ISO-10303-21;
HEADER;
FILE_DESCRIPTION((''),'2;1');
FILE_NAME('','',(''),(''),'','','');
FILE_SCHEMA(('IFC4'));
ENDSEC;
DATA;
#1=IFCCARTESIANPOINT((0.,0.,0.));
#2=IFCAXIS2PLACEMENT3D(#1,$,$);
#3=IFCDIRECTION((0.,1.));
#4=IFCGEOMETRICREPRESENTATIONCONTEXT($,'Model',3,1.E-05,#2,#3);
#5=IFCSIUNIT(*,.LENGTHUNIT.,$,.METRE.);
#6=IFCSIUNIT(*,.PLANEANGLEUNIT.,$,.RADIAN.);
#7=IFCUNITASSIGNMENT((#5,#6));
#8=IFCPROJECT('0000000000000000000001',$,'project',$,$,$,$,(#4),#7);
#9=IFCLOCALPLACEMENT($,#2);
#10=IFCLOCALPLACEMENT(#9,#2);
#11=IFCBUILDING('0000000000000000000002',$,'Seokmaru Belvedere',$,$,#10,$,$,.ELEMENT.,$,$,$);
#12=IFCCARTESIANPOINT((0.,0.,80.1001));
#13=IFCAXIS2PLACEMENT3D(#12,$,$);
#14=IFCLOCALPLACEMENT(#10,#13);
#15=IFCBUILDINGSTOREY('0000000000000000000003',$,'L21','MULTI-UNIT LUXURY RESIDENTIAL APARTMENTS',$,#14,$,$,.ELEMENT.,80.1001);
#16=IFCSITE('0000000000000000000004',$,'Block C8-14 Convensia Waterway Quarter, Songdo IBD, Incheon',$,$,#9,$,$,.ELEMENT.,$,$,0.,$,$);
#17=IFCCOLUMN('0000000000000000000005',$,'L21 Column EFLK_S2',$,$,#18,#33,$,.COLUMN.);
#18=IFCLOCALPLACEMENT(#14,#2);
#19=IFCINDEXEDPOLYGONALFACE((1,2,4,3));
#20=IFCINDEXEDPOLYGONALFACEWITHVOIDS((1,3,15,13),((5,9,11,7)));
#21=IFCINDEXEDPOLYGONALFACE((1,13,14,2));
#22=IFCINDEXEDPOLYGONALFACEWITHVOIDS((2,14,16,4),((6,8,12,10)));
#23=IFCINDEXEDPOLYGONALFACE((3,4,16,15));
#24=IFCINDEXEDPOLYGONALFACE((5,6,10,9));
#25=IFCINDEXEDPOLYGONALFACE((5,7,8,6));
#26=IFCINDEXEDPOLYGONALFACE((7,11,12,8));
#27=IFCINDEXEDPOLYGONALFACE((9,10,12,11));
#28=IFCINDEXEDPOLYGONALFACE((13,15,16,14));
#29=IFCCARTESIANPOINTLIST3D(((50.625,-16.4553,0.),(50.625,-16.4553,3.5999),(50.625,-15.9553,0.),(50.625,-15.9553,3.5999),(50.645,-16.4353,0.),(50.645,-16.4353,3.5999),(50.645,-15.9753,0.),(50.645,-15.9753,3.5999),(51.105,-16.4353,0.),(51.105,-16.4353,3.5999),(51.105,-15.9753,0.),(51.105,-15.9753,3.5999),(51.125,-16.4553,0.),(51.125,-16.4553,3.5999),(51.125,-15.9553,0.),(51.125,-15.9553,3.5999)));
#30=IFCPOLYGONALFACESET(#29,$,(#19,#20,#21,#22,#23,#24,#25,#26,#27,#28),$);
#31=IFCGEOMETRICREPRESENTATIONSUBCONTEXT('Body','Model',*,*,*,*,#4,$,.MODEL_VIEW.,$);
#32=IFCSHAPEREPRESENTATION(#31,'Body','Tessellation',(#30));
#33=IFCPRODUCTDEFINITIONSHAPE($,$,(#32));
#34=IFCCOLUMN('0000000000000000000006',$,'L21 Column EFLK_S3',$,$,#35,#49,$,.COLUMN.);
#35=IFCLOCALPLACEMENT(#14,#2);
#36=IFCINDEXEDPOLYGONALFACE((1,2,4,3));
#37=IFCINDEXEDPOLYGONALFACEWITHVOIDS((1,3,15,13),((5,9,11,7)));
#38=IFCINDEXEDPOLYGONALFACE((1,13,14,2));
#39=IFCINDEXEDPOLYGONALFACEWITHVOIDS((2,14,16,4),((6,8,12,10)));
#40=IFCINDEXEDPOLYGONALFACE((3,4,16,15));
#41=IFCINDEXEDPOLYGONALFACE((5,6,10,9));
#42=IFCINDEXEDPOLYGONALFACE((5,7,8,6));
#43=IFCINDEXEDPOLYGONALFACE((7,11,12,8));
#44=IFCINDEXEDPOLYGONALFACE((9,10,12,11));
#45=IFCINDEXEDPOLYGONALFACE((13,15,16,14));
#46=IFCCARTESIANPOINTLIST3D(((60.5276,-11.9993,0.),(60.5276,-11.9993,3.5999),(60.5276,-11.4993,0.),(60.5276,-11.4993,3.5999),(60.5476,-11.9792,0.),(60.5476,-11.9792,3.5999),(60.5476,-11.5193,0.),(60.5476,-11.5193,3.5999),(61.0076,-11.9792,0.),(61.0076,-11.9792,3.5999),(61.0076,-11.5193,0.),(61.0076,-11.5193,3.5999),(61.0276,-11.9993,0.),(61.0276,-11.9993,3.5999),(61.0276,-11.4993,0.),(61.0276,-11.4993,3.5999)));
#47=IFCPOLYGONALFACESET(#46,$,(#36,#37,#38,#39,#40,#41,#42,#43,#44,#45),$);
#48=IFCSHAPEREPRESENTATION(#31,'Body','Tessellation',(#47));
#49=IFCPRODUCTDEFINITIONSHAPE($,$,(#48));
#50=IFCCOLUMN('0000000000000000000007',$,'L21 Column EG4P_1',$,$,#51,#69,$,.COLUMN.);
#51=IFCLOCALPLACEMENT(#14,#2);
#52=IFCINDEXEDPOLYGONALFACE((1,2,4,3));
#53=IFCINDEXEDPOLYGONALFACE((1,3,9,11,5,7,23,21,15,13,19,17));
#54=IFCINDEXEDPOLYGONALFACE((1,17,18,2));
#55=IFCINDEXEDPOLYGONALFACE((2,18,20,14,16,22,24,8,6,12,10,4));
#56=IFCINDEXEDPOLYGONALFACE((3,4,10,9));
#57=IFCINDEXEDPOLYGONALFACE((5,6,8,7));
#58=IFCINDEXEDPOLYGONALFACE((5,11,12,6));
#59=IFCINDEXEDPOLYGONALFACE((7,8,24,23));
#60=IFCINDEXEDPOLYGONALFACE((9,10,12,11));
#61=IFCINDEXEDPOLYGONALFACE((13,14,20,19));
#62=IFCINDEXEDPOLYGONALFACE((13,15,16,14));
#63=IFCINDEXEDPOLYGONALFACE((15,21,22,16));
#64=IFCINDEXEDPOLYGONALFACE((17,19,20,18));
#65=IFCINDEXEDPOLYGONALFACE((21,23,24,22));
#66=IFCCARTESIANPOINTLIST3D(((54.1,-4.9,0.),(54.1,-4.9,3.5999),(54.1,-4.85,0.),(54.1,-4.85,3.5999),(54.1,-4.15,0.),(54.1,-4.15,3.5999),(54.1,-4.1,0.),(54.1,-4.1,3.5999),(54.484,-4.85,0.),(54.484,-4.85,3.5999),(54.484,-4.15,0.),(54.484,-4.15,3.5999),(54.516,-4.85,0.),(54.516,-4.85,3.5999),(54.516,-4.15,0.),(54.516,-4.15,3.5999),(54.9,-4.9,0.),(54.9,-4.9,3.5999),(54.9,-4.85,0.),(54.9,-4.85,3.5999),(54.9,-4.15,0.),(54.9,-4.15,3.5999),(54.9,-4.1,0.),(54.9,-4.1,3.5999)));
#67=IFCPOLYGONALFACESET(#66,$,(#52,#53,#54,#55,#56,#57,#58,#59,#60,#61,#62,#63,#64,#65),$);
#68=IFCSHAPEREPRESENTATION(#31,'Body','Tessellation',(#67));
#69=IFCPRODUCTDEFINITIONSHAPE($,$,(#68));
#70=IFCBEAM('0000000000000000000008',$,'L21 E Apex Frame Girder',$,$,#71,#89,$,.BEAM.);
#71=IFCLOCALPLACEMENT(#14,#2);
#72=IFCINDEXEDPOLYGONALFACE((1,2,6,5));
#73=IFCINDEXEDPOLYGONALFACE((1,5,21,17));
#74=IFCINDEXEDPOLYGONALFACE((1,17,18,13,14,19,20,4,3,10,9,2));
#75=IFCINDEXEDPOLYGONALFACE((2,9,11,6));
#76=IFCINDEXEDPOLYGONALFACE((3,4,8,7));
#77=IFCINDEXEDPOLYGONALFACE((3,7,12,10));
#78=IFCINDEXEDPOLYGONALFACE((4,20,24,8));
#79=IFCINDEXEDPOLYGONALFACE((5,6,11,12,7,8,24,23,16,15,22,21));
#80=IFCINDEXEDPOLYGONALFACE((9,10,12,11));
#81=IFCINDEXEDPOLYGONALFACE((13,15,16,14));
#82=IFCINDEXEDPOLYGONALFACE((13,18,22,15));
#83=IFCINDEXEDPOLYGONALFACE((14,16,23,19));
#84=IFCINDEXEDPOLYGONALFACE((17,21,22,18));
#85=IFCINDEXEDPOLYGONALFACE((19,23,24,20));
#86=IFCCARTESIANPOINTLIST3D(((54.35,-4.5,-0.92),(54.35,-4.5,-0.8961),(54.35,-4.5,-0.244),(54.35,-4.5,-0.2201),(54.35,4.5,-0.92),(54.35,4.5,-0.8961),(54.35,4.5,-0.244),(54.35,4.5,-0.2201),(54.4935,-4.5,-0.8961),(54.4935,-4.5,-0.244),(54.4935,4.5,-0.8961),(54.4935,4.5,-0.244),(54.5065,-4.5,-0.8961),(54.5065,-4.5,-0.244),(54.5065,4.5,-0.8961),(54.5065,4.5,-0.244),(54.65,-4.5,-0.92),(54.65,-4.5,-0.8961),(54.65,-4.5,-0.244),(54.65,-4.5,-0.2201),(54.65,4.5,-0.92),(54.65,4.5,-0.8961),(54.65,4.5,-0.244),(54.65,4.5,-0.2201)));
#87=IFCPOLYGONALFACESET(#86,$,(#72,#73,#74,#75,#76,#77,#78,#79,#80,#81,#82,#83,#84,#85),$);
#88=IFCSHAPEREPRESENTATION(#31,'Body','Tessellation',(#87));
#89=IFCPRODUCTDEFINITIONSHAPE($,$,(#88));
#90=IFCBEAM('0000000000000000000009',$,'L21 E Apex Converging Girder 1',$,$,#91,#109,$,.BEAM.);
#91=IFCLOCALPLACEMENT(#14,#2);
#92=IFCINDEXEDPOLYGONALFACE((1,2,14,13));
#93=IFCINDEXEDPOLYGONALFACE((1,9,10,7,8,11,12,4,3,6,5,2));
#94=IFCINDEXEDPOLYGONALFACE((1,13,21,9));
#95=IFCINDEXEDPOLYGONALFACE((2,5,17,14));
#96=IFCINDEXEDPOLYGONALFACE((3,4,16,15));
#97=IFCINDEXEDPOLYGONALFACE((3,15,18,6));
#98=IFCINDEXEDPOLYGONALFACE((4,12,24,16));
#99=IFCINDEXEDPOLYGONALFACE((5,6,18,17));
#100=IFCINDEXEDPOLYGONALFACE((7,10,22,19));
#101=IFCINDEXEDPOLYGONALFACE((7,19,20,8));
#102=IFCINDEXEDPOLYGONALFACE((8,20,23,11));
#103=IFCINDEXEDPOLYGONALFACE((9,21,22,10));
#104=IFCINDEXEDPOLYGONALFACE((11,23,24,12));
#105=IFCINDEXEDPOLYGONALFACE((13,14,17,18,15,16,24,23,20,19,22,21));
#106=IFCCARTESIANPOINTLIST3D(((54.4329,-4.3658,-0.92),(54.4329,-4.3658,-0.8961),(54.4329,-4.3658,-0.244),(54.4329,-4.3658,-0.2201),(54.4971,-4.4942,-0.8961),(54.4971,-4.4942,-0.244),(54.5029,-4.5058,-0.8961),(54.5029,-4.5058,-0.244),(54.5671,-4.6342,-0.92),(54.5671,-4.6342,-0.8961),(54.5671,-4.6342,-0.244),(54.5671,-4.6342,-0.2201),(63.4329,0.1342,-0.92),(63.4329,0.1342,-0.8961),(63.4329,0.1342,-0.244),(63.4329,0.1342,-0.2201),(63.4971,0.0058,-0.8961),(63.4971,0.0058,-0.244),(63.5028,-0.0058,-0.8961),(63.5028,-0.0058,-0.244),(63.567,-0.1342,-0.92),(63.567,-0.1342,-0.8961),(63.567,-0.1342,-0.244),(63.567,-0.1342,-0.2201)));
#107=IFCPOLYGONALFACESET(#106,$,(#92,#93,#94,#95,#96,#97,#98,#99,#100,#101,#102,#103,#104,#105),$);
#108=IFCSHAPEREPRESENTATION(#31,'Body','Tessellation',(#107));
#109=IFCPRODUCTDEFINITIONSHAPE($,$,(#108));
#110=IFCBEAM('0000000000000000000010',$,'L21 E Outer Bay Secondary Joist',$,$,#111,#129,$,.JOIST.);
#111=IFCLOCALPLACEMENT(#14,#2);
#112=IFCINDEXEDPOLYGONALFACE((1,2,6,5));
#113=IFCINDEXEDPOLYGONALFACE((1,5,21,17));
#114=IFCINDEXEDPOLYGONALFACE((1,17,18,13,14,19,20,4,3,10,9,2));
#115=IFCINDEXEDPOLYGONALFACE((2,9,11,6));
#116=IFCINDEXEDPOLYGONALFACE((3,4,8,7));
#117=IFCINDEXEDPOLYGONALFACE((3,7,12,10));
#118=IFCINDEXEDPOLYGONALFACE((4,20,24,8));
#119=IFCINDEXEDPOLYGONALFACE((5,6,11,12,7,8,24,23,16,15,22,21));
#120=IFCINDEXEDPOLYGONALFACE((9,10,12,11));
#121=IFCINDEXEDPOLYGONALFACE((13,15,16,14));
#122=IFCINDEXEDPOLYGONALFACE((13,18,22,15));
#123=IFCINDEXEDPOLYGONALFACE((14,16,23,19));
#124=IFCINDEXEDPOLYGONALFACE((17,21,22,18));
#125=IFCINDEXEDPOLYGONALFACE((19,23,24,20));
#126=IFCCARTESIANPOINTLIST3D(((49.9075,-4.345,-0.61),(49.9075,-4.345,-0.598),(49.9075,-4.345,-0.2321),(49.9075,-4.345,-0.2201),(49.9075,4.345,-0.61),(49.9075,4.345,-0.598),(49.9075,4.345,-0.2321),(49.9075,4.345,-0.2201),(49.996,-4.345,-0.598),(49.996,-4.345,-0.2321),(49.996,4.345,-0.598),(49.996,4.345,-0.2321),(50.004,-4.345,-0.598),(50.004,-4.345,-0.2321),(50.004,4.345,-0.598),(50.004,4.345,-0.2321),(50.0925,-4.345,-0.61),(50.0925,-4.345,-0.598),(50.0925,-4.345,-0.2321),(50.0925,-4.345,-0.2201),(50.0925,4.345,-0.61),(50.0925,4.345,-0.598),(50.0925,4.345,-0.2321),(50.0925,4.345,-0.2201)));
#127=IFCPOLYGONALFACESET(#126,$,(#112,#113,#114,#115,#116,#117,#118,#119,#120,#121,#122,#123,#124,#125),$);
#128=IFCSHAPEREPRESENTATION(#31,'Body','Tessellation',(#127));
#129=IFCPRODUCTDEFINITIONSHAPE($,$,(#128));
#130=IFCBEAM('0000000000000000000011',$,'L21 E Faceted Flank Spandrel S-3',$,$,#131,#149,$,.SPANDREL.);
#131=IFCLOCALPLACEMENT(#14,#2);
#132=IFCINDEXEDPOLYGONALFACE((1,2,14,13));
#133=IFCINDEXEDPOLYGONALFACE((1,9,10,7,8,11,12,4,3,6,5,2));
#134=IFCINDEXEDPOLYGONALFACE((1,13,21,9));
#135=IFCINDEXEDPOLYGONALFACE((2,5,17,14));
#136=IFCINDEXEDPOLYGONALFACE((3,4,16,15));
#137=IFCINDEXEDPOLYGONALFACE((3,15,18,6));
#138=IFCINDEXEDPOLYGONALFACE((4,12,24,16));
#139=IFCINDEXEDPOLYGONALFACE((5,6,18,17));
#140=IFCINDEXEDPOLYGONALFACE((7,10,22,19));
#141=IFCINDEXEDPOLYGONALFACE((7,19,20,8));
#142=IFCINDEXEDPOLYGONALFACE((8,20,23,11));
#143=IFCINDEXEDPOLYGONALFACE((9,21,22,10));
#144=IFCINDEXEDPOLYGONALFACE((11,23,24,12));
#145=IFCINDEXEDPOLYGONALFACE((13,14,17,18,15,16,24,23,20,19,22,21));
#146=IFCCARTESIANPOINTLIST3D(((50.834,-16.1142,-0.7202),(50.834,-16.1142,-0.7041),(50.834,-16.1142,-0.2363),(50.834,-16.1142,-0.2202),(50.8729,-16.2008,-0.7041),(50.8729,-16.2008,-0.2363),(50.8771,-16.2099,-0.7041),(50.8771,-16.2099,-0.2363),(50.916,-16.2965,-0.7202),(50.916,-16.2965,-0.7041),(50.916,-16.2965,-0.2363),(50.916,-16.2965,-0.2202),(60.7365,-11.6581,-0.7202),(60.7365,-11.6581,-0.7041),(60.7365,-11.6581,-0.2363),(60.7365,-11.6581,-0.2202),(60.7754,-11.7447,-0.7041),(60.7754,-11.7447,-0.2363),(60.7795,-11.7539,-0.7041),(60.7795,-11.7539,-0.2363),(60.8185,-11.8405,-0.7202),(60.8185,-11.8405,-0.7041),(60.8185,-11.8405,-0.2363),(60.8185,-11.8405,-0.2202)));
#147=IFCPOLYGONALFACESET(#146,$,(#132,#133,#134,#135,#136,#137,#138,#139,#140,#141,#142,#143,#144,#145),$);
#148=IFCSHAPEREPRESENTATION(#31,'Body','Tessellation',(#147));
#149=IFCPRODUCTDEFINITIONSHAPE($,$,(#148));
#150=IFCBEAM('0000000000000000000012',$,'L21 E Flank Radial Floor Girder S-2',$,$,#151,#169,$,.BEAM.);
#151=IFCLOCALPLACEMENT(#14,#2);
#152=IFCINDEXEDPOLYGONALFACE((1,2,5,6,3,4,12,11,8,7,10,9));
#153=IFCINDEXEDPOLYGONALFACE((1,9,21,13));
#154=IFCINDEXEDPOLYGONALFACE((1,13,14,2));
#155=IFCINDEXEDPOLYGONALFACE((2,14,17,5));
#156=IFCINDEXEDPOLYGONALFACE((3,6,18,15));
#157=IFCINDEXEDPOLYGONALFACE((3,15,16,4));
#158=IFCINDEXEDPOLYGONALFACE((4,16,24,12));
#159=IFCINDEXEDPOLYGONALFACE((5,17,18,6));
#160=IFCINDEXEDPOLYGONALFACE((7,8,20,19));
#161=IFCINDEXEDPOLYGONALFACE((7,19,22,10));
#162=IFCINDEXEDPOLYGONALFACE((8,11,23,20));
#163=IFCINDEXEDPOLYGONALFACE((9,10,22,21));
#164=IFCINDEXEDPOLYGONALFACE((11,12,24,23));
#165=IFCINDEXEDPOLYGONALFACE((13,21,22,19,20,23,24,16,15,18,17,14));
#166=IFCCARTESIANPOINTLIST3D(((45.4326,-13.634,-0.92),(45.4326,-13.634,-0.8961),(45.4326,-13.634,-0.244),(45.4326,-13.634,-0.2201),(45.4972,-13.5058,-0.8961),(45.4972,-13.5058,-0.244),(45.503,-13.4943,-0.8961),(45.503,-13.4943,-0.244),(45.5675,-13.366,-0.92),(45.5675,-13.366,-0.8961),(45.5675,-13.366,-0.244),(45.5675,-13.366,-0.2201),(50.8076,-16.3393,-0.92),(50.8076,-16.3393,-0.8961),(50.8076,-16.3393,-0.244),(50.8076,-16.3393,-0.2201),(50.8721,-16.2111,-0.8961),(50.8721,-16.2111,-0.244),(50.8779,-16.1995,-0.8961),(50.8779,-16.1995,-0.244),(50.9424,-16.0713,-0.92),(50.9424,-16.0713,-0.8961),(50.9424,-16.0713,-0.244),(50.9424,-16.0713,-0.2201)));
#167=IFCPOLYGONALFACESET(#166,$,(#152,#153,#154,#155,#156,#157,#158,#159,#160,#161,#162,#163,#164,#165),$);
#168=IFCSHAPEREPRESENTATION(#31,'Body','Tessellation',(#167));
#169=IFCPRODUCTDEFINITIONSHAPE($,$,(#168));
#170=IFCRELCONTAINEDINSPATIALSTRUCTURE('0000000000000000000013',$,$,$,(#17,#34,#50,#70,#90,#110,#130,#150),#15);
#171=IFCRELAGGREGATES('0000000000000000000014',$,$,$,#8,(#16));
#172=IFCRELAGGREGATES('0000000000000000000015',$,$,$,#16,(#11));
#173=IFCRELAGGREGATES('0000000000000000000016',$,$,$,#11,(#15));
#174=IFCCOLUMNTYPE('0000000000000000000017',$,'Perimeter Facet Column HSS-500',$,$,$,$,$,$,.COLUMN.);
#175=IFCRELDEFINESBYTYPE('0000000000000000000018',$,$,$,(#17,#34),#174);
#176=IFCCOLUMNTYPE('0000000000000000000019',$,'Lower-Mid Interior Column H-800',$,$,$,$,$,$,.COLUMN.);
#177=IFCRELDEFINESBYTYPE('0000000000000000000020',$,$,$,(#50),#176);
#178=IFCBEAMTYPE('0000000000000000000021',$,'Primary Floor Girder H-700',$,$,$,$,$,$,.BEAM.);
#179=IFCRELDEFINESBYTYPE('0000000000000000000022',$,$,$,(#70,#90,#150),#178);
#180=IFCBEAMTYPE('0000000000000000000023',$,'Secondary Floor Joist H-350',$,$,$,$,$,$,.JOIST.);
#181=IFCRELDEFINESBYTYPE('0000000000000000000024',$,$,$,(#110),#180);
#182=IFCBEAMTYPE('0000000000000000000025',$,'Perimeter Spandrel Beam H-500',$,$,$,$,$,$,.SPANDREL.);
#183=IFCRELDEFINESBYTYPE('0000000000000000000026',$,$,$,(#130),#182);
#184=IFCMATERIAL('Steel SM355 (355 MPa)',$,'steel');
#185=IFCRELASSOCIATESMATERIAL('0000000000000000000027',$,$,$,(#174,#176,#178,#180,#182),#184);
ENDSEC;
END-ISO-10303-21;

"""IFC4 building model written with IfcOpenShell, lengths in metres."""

from ifc_helpers import new_model, si_unit, direction, frame, origin, origin_2d, place, context, subcontext, project, spatial, hollow_rectangle, i_section, extrude, source, transform, mapped, material, material_profile, profile_set, type_object, type_shapes, element, save


model = new_model("IFC4")

# Units and contexts
model_context = context("Model", 3, precision=1e-05, world=origin(), true_north=direction((0.0, 1.0)))
body_context = subcontext(model_context, "Body", "Model", "MODEL_VIEW")
ifc_project = project(units=[si_unit("LENGTHUNIT", "METRE"), si_unit("PLANEANGLEUNIT", "RADIAN")], contexts=[model_context])

# Site, building, storey
site_placement = place(None, origin())
site = spatial("IfcSite", under=ifc_project, at=site_placement, Name="Block C8-14 Convensia Waterway Quarter, Songdo IBD, Incheon", CompositionType="ELEMENT", RefElevation=0.0)
building_placement = place(site_placement, origin())
building = spatial("IfcBuilding", under=site, at=building_placement, Name="Seokmaru Belvedere", CompositionType="ELEMENT")
storey_placement = place(building_placement, frame((0.0, 0.0, 80.1001)))
storey = spatial("IfcBuildingStorey", under=building, at=storey_placement, Name="L21", Description="MULTI-UNIT LUXURY RESIDENTIAL APARTMENTS", CompositionType="ELEMENT", Elevation=80.1001)

# Columns
ifc_material_1 = material(Name="Steel SM355 (355 MPa)", Category="steel")
ifc_material_profile_1 = material_profile(ifc_material_1, hollow_rectangle(XDim=0.5, YDim=0.5, WallThickness=0.02, at=origin_2d()), Name="HSS-500x500x20")
ifc_profile_set_1 = profile_set([ifc_material_profile_1], Name="Steel SM355 (355 MPa)")
column_type_1 = type_object("IfcColumnType", Name="Perimeter Facet Column HSS-500", PredefinedType="COLUMN", material=ifc_profile_set_1)
shared_shape_1 = source(origin(), body_context, "Body", "SweptSolid", [
    extrude(hollow_rectangle(XDim=0.5, YDim=0.5, WallThickness=0.02, at=origin_2d()), origin(), (0.0, 0.0, 1.0), 3.5999),
])
type_shapes(column_type_1, [shared_shape_1])
for number, where, z_axis, x_axis, name in (
    (1, (50.875, -16.2053, 0.0), (0.0, 0.0, 1.0), (1.0, 0.0, 0.0), "L21 Column EFLK_S2"),
    (2, (60.7776, -11.7493, 0.0), (0.0, 0.0, 1.0), (1.0, 0.0, 0.0), "L21 Column EFLK_S3"),
):
    element("IfcColumn", number, at=place(storey_placement, frame(where, z_axis=z_axis, x_axis=x_axis)), inside=storey, type_object=column_type_1, Name=name, PredefinedType="COLUMN", context=body_context, shape_type="MappedRepresentation", body=[
        mapped(shared_shape_1, transform((0.0, 0.0, 0.0), scale=1.0)),
    ])
ifc_material_profile_2 = material_profile(ifc_material_1, i_section(OverallWidth=0.8, OverallDepth=0.8, WebThickness=0.032, FlangeThickness=0.05, at=origin_2d()), Name="H-800x800x32x50")
ifc_profile_set_2 = profile_set([ifc_material_profile_2], Name="Steel SM355 (355 MPa)")
column_type_2 = type_object("IfcColumnType", Name="Lower-Mid Interior Column H-800", PredefinedType="COLUMN", material=ifc_profile_set_2)
shared_shape_2 = source(origin(), body_context, "Body", "SweptSolid", [
    extrude(i_section(OverallWidth=0.8, OverallDepth=0.8, WebThickness=0.032, FlangeThickness=0.05, at=origin_2d()), origin(), (0.0, 0.0, 1.0), 3.5999),
])
type_shapes(column_type_2, [shared_shape_2])
column_placement = place(storey_placement, frame((54.5, -4.5, 0.0), z_axis=(0.0, 0.0, 1.0), x_axis=(1.0, 0.0, 0.0)))
element("IfcColumn", 3, at=column_placement, inside=storey, type_object=column_type_2, Name="L21 Column EG4P_1", PredefinedType="COLUMN", context=body_context, shape_type="MappedRepresentation", body=[
    mapped(shared_shape_2, transform((0.0, 0.0, 0.0), scale=1.0)),
])

# Beams
ifc_material_profile_3 = material_profile(ifc_material_1, i_section(OverallWidth=0.3, OverallDepth=0.7, WebThickness=0.0129, FlangeThickness=0.0239, at=origin_2d()), Name="H-700x300x13x24")
ifc_profile_set_3 = profile_set([ifc_material_profile_3], Name="Steel SM355 (355 MPa)")
beam_type_1 = type_object("IfcBeamType", Name="Primary Floor Girder H-700", PredefinedType="BEAM", material=ifc_profile_set_3)
shared_shape_3 = source(origin(), body_context, "Body", "SweptSolid", [
    extrude(i_section(OverallWidth=0.3, OverallDepth=0.7, WebThickness=0.0129, FlangeThickness=0.0239, at=origin_2d()), origin(), (0.0, 0.0, 1.0), 9.0),
])
beam_1_placement = place(storey_placement, frame((54.5, -4.5, -0.5701), z_axis=(0.0, 1.0, 0.0), x_axis=(-1.0, 0.0, 0.0)))
element("IfcBeam", 4, at=beam_1_placement, inside=storey, type_object=beam_type_1, Name="L21 E Apex Frame Girder", PredefinedType="BEAM", context=body_context, shape_type="MappedRepresentation", body=[
    mapped(shared_shape_3, transform((0.0, 0.0, 0.0), scale=1.0)),
])
shared_shape_4 = source(origin(), body_context, "Body", "SweptSolid", [
    extrude(i_section(OverallWidth=0.3, OverallDepth=0.7, WebThickness=0.0129, FlangeThickness=0.0239, at=origin_2d()), origin(), (0.0, 0.0, 1.0), 10.0623),
])
beam_2_placement = place(storey_placement, frame((54.5, -4.5, -0.5701), z_axis=(0.894427, 0.447214, 0.0), x_axis=(-0.447214, 0.894427, 0.0)))
element("IfcBeam", 5, at=beam_2_placement, inside=storey, type_object=beam_type_1, Name="L21 E Apex Converging Girder 1", PredefinedType="BEAM", context=body_context, shape_type="MappedRepresentation", body=[
    mapped(shared_shape_4, transform((0.0, 0.0, 0.0), scale=1.0)),
])
ifc_material_profile_4 = material_profile(ifc_material_1, i_section(OverallWidth=0.1851, OverallDepth=0.3899, WebThickness=0.0081, FlangeThickness=0.012, at=origin_2d()), Name="H-390x185x8x12")
ifc_profile_set_4 = profile_set([ifc_material_profile_4], Name="Steel SM355 (355 MPa)")
beam_type_2 = type_object("IfcBeamType", Name="Secondary Floor Joist H-350", PredefinedType="JOIST", material=ifc_profile_set_4)
shared_shape_5 = source(origin(), body_context, "Body", "SweptSolid", [
    extrude(i_section(OverallWidth=0.1851, OverallDepth=0.3899, WebThickness=0.0081, FlangeThickness=0.012, at=origin_2d()), origin(), (0.0, 0.0, 1.0), 8.6899),
])
type_shapes(beam_type_2, [shared_shape_5])
beam_3_placement = place(storey_placement, frame((50.0, -4.345, -0.415), z_axis=(0.0, 1.0, 0.0), x_axis=(-1.0, 0.0, 0.0)))
element("IfcBeam", 6, at=beam_3_placement, inside=storey, type_object=beam_type_2, Name="L21 E Outer Bay Secondary Joist", PredefinedType="JOIST", context=body_context, shape_type="MappedRepresentation", body=[
    mapped(shared_shape_5, transform((0.0, 0.0, 0.0), scale=1.0)),
])
ifc_material_profile_5 = material_profile(ifc_material_1, i_section(OverallWidth=0.2, OverallDepth=0.5, WebThickness=0.01, FlangeThickness=0.0161, at=origin_2d()), Name="H-500x200x10x16")
ifc_profile_set_5 = profile_set([ifc_material_profile_5], Name="Steel SM355 (355 MPa)")
beam_type_3 = type_object("IfcBeamType", Name="Perimeter Spandrel Beam H-500", PredefinedType="SPANDREL", material=ifc_profile_set_5)
shared_shape_6 = source(origin(), body_context, "Body", "SweptSolid", [
    extrude(i_section(OverallWidth=0.2, OverallDepth=0.5, WebThickness=0.01, FlangeThickness=0.0161, at=origin_2d()), origin(), (0.0, 0.0, 1.0), 10.8589),
])
type_shapes(beam_type_3, [shared_shape_6])
beam_4_placement = place(storey_placement, frame((50.875, -16.2053, -0.4702), z_axis=(0.911925, 0.410356, 0.0), x_axis=(-0.410356, 0.911925, 0.0)))
element("IfcBeam", 7, at=beam_4_placement, inside=storey, type_object=beam_type_3, Name="L21 E Faceted Flank Spandrel S-3", PredefinedType="SPANDREL", context=body_context, shape_type="MappedRepresentation", body=[
    mapped(shared_shape_6, transform((0.0, 0.0, 0.0), scale=1.0)),
])
shared_shape_7 = source(origin(), body_context, "Body", "SweptSolid", [
    extrude(i_section(OverallWidth=0.3, OverallDepth=0.7, WebThickness=0.0129, FlangeThickness=0.0239, at=origin_2d()), origin(), (0.0, 0.0, 1.0), 6.0173),
])
type_shapes(beam_type_1, [shared_shape_3, shared_shape_4, shared_shape_7])
beam_5_placement = place(storey_placement, frame((50.875, -16.2053, -0.5701), z_axis=(-0.893239, 0.449581, 0.0), x_axis=(-0.449581, -0.893239, 0.0)))
element("IfcBeam", 8, at=beam_5_placement, inside=storey, type_object=beam_type_1, Name="L21 E Flank Radial Floor Girder S-2", PredefinedType="BEAM", context=body_context, shape_type="MappedRepresentation", body=[
    mapped(shared_shape_7, transform((0.0, 0.0, 0.0), scale=1.0)),
])

save(model, "model.ifc")
